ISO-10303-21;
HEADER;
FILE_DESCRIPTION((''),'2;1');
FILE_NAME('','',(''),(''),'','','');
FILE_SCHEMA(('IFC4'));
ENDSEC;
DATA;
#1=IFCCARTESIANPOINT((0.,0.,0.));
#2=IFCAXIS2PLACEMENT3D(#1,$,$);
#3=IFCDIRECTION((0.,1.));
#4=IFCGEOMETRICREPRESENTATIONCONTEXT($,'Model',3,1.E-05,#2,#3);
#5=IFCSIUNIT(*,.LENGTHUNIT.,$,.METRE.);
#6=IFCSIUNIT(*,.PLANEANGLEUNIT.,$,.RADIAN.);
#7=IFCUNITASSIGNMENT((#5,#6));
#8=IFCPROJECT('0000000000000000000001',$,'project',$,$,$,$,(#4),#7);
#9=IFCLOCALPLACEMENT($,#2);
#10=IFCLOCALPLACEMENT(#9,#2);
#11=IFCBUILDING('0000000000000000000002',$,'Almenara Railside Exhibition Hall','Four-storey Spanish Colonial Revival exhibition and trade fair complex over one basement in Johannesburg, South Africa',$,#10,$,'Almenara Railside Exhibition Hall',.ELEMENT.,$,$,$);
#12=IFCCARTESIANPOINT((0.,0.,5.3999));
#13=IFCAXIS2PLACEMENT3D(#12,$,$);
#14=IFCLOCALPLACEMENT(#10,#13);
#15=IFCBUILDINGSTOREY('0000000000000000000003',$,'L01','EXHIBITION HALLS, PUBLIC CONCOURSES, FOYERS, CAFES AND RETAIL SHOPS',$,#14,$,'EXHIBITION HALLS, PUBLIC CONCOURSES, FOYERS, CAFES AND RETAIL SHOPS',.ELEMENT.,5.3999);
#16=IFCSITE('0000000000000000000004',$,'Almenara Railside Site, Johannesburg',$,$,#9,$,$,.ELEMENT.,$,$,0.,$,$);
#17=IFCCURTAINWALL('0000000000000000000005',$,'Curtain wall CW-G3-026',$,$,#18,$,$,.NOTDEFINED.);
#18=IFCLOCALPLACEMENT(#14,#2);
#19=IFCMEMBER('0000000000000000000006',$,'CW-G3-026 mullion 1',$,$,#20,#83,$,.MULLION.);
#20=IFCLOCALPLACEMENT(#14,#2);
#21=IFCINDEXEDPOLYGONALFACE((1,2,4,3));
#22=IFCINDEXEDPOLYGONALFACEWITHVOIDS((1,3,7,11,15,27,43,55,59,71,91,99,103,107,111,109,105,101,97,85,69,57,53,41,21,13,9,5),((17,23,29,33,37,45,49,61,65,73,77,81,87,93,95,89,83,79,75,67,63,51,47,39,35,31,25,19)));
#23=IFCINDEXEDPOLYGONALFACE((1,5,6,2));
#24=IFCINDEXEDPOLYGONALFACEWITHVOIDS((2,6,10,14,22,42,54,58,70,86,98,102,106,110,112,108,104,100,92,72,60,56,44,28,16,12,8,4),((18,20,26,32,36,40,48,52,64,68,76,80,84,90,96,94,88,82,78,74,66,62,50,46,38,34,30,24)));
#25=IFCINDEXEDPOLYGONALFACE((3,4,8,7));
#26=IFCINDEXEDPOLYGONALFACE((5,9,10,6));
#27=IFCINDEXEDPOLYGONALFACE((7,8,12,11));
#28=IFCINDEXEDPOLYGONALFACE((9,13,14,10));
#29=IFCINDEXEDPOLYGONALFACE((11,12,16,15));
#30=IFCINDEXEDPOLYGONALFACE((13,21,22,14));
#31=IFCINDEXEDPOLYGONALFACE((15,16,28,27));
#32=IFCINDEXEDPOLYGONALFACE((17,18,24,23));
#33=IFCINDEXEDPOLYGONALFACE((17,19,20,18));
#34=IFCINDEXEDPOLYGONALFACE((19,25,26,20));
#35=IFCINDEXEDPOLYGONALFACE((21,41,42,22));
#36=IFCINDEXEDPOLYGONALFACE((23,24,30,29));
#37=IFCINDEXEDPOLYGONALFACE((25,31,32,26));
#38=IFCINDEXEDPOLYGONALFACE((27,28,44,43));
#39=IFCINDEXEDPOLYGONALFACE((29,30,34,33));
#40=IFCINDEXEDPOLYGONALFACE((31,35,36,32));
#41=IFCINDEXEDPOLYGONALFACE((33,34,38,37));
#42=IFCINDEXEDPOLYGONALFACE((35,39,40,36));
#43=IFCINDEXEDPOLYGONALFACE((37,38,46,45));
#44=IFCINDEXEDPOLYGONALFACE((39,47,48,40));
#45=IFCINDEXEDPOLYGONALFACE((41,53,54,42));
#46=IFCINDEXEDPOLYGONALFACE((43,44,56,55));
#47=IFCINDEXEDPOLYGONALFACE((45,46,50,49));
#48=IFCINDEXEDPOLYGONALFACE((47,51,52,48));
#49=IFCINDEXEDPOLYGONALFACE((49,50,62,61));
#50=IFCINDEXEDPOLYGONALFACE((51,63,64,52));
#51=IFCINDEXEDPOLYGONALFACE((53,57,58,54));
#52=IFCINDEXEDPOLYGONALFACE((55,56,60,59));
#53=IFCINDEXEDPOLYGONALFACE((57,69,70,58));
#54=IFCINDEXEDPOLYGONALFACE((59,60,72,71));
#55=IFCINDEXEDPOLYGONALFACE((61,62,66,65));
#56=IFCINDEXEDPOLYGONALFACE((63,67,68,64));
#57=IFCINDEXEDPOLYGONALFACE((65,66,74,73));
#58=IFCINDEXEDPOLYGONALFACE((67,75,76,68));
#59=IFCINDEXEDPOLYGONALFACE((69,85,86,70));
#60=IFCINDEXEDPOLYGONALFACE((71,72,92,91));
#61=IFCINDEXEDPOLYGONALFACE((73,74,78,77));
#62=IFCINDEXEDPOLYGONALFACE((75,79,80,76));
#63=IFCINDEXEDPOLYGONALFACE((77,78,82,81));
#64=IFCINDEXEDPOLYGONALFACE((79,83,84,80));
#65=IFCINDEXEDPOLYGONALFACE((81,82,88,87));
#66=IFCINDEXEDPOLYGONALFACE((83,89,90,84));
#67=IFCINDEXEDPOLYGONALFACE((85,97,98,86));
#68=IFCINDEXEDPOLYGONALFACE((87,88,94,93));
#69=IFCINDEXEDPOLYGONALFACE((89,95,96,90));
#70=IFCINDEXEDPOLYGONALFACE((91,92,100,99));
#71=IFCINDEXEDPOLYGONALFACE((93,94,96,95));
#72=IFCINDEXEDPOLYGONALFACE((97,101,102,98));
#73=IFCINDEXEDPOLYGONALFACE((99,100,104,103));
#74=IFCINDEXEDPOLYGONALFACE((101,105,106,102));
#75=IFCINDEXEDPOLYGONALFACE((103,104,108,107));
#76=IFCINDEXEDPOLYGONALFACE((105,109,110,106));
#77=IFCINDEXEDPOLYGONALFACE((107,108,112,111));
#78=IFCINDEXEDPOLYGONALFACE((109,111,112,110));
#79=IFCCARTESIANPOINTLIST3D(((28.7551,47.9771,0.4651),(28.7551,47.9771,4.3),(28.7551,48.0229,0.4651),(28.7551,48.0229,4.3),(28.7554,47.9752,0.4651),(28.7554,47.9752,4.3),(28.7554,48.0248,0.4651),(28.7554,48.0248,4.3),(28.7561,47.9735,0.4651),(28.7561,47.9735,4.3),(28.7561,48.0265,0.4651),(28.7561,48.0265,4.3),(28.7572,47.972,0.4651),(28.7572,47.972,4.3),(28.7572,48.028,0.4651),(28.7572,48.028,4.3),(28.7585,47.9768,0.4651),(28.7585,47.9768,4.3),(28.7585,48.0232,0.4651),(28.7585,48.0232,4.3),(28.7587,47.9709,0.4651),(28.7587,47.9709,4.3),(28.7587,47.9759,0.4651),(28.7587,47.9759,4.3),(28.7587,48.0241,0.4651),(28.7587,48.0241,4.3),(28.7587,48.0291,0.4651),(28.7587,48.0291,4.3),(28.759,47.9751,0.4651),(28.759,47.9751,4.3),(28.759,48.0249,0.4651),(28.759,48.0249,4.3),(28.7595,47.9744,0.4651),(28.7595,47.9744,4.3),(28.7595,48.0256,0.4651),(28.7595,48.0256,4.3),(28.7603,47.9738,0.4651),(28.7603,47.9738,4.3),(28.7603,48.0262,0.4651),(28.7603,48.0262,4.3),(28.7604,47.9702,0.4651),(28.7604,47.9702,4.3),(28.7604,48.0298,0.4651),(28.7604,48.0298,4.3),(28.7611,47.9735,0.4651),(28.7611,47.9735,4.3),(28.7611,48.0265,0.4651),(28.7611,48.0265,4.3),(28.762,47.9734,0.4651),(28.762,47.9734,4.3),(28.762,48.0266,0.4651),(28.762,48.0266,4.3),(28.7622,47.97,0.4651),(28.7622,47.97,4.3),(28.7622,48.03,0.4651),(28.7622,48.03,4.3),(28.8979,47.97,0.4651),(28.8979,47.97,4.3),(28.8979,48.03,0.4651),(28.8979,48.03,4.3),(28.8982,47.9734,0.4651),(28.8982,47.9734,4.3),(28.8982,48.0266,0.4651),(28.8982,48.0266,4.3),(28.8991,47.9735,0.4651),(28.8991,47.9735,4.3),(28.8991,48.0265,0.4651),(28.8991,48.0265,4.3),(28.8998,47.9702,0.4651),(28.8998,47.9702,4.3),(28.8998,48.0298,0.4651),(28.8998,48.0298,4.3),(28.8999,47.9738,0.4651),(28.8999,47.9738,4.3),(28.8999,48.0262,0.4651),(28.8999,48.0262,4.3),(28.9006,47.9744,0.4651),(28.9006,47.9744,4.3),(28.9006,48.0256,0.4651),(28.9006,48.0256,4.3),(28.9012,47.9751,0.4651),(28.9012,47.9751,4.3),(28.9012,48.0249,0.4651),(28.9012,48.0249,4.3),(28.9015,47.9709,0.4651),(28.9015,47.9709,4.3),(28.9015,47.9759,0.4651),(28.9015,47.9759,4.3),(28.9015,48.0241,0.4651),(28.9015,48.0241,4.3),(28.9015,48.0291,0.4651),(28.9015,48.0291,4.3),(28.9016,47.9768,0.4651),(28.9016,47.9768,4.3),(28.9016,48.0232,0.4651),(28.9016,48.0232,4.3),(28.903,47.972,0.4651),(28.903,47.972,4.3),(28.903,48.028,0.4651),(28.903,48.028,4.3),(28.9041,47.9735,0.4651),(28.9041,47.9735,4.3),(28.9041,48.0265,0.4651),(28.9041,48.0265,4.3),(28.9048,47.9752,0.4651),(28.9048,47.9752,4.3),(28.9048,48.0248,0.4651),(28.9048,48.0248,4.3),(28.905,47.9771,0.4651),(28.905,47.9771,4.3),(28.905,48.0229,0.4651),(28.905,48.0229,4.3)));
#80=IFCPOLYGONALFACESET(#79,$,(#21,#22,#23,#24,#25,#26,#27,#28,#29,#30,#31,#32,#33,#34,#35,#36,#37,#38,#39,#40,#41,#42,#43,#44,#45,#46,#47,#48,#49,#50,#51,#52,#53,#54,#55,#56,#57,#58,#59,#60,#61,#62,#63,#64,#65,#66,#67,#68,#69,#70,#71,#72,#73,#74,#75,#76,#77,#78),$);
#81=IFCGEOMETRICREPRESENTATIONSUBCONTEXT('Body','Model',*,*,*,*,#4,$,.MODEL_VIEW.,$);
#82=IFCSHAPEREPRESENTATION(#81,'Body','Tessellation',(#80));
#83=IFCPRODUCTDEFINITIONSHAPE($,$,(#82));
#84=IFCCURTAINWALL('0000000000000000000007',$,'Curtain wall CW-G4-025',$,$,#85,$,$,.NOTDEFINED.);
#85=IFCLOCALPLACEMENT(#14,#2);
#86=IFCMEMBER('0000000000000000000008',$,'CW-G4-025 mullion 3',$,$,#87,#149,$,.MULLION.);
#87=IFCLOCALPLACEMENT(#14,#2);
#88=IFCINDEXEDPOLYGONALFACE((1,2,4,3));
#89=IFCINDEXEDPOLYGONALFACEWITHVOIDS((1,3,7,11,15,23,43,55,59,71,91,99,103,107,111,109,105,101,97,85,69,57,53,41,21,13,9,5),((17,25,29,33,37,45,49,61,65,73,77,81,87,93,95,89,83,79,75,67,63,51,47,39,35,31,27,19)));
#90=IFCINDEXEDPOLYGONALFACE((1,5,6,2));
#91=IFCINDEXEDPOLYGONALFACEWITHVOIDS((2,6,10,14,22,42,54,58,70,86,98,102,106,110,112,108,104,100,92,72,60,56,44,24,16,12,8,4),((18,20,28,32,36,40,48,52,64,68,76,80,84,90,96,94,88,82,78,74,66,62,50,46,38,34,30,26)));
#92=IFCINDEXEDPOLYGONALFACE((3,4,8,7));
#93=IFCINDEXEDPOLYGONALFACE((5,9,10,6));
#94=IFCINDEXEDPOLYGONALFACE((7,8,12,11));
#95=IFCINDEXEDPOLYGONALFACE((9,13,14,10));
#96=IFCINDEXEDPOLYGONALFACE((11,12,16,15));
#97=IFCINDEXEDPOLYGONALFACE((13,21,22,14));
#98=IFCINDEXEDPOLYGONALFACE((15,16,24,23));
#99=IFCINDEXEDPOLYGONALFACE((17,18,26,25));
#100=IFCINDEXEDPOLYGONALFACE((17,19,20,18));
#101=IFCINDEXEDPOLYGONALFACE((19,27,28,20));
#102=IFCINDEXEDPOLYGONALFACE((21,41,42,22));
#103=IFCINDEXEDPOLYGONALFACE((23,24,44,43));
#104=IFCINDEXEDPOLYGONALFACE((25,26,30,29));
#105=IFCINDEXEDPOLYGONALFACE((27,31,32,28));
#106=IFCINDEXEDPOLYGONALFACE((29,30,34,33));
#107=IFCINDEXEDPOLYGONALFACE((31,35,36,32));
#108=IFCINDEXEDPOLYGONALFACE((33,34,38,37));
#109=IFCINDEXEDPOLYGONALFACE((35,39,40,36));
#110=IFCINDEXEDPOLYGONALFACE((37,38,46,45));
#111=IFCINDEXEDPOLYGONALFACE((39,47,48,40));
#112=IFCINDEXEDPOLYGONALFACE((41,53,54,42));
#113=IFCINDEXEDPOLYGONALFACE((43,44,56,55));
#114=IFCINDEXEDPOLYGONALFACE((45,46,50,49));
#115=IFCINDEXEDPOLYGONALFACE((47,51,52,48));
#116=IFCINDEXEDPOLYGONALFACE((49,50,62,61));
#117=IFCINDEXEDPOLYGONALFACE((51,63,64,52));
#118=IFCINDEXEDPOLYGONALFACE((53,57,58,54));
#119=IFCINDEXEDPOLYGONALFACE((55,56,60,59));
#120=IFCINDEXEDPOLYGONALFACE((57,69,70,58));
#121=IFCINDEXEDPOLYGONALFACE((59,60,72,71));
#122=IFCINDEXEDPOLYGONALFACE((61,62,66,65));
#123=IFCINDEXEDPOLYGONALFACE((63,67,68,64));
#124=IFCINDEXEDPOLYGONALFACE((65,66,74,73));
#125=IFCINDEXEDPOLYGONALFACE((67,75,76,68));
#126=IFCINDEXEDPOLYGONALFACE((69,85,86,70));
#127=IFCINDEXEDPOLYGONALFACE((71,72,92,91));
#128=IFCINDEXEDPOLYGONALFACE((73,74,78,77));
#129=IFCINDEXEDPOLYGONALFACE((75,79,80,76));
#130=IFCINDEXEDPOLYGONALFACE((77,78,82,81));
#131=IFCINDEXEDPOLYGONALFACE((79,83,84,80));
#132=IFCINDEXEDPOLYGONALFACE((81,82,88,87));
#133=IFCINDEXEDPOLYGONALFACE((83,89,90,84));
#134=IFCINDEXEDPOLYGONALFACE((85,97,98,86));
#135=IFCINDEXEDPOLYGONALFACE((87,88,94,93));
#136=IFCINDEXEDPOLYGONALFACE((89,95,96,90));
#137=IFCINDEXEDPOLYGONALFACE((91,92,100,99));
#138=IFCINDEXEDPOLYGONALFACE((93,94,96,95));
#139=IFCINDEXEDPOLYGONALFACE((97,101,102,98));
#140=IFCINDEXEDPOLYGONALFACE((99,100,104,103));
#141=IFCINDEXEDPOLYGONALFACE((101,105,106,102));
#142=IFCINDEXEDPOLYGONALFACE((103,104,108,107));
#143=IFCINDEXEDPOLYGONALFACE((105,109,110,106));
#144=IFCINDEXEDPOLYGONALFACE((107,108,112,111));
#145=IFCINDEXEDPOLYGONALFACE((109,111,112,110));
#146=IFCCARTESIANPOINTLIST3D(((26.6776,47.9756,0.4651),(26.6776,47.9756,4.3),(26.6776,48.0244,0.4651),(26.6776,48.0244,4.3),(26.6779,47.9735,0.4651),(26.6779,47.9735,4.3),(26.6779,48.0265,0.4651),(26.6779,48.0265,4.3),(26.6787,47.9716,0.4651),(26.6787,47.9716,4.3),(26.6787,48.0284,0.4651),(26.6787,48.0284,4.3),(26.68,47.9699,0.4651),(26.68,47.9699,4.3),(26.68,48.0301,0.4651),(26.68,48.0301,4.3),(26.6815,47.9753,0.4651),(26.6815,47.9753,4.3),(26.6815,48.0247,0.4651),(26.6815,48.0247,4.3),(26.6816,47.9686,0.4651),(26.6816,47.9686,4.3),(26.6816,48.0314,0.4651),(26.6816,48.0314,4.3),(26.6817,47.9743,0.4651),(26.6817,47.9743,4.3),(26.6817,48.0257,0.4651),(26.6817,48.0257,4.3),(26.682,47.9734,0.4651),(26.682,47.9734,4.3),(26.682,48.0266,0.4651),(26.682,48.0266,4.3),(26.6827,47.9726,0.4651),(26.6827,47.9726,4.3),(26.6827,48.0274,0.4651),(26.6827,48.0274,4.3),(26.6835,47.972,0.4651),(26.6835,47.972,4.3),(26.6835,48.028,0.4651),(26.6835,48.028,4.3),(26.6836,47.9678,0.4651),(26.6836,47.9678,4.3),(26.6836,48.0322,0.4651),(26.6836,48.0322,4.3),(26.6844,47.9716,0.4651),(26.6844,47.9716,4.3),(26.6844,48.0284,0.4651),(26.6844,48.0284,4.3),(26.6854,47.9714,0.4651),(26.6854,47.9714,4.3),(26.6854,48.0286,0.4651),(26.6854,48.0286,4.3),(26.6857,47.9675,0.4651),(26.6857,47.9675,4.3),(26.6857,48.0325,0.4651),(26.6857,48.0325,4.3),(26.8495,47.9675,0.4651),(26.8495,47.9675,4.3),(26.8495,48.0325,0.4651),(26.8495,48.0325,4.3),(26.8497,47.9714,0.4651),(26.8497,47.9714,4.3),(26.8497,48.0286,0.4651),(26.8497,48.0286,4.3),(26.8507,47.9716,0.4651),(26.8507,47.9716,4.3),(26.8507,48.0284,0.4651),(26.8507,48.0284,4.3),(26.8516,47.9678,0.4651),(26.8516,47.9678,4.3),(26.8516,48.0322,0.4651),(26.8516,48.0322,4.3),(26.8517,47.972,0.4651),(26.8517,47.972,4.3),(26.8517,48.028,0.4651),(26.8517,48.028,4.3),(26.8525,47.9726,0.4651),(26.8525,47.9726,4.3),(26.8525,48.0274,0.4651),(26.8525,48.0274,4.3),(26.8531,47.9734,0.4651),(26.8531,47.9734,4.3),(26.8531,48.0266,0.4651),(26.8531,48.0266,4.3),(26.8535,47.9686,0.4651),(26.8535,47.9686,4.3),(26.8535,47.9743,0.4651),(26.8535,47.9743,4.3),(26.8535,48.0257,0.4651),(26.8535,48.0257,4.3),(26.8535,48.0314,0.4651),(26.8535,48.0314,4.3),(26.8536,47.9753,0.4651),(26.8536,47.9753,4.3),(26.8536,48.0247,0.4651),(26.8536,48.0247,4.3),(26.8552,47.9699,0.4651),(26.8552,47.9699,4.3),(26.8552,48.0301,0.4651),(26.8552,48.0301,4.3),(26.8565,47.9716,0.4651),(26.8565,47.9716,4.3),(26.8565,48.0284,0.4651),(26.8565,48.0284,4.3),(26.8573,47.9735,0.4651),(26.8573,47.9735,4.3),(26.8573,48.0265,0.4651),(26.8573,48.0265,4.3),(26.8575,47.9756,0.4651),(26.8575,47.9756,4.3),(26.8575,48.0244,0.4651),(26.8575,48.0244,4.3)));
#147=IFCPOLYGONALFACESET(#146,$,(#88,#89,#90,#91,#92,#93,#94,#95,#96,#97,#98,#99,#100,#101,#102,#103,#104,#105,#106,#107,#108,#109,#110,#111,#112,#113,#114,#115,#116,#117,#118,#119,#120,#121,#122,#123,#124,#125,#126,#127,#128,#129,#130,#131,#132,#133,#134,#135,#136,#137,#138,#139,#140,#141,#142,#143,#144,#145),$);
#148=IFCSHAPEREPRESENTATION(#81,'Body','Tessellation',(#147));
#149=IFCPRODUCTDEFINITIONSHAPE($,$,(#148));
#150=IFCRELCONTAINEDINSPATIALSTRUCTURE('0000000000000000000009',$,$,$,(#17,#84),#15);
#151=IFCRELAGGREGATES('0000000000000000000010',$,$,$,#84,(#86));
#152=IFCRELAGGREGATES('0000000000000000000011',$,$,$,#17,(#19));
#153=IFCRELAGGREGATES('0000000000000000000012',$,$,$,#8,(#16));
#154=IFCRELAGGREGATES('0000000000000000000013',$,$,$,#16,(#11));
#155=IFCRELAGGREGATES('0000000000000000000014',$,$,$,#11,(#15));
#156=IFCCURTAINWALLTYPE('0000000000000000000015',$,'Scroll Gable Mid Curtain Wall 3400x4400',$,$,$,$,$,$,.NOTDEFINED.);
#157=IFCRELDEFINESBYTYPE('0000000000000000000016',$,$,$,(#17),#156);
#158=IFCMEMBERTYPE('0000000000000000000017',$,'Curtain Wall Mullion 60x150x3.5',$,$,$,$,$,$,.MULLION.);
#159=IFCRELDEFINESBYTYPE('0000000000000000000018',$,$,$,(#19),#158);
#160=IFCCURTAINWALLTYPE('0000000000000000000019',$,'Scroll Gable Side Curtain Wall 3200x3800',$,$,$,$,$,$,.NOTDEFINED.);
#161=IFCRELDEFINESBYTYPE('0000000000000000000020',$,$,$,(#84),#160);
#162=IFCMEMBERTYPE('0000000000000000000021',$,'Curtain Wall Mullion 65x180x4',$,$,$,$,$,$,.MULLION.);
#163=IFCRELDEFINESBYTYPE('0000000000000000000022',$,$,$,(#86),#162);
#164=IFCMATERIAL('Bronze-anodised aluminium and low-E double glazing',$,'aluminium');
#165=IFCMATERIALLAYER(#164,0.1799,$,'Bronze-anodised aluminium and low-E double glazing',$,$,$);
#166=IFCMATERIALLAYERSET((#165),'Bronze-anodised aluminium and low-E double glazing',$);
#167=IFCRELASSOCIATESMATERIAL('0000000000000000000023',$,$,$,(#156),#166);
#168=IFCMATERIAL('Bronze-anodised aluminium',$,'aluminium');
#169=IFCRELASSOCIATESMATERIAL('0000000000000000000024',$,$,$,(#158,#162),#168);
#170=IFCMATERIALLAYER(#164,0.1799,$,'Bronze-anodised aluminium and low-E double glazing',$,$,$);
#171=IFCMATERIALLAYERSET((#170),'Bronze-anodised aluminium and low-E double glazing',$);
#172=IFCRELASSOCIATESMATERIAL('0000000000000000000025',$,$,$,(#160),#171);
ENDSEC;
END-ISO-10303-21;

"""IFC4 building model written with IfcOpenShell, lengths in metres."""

from ifc_helpers import new_model, si_unit, direction, frame, origin, origin_2d, place, context, subcontext, project, spatial, hollow_rectangle, extrude, material, layer, layer_set, material_profile, profile_set, type_object, element, aggregate, save


model = new_model("IFC4")

# Units and contexts
model_context = context("Model", 3, precision=1e-05, world=origin(), true_north=direction((0.0, 1.0)))
body_context = subcontext(model_context, "Body", "Model", "MODEL_VIEW")
ifc_project = project(units=[si_unit("LENGTHUNIT", "METRE"), si_unit("PLANEANGLEUNIT", "RADIAN")], contexts=[model_context])

# Site, building, storey
site_placement = place(None, origin())
site = spatial("IfcSite", under=ifc_project, at=site_placement, Name="Almenara Railside Site, Johannesburg", CompositionType="ELEMENT", RefElevation=0.0)
building_placement = place(site_placement, origin())
building = spatial("IfcBuilding", under=site, at=building_placement, Name="Almenara Railside Exhibition Hall", Description="Four-storey Spanish Colonial Revival exhibition and trade fair complex over one basement in Johannesburg, South Africa", LongName="Almenara Railside Exhibition Hall", CompositionType="ELEMENT")
storey_placement = place(building_placement, frame((0.0, 0.0, 5.3999)))
storey = spatial("IfcBuildingStorey", under=building, at=storey_placement, Name="L01", Description="EXHIBITION HALLS, PUBLIC CONCOURSES, FOYERS, CAFES AND RETAIL SHOPS", LongName="EXHIBITION HALLS, PUBLIC CONCOURSES, FOYERS, CAFES AND RETAIL SHOPS", CompositionType="ELEMENT", Elevation=5.3999)

# Shared definitions
ifc_material_1 = material(Name="Bronze-anodised aluminium and low-E double glazing", Category="aluminium")
ifc_material_2 = material(Name="Bronze-anodised aluminium", Category="aluminium")

# Curtain walls, members
ifc_layer_1 = layer(ifc_material_1, 0.1799, Name="Bronze-anodised aluminium and low-E double glazing")
ifc_layer_set_1 = layer_set([ifc_layer_1], Name="Bronze-anodised aluminium and low-E double glazing")
curtain_wall_type_1 = type_object("IfcCurtainWallType", Name="Scroll Gable Mid Curtain Wall 3400x4400", PredefinedType="NOTDEFINED", material=ifc_layer_set_1)
curtain_wall_1_placement = place(storey_placement, origin())
curtain_wall_1 = element("IfcCurtainWall", 1, at=curtain_wall_1_placement, inside=storey, type_object=curtain_wall_type_1, Name="Curtain wall CW-G3-026", PredefinedType="NOTDEFINED")
ifc_material_profile_1 = material_profile(ifc_material_2, hollow_rectangle(XDim=0.0601, YDim=0.1499, WallThickness=0.0034, InnerFilletRadius=0.0034, OuterFilletRadius=0.0071, at=origin_2d()), Name="ALU-MUL 60x150x3.5")
ifc_profile_set_1 = profile_set([ifc_material_profile_1], Name="Bronze-anodised aluminium")
member_type_1 = type_object("IfcMemberType", Name="Curtain Wall Mullion 60x150x3.5", PredefinedType="MULLION", material=ifc_profile_set_1)
member_1_placement = place(storey_placement, frame((28.8301, 48.0, 0.4651), z_axis=(0.0, 0.0, 1.0), x_axis=(0.0, 1.0, 0.0)))
member_1 = element("IfcMember", 2, at=member_1_placement, type_object=member_type_1, Name="CW-G3-026 mullion 1", PredefinedType="MULLION", context=body_context, shape_type="SweptSolid", body=[
    extrude(hollow_rectangle(XDim=0.0601, YDim=0.1499, WallThickness=0.0034, InnerFilletRadius=0.0034, OuterFilletRadius=0.0071, at=origin_2d()), origin(), (0.0, 0.0, 1.0), 3.835),
])
ifc_layer_2 = layer(ifc_material_1, 0.1799, Name="Bronze-anodised aluminium and low-E double glazing")
ifc_layer_set_2 = layer_set([ifc_layer_2], Name="Bronze-anodised aluminium and low-E double glazing")
curtain_wall_type_2 = type_object("IfcCurtainWallType", Name="Scroll Gable Side Curtain Wall 3200x3800", PredefinedType="NOTDEFINED", material=ifc_layer_set_2)
curtain_wall_2_placement = place(storey_placement, origin())
curtain_wall_2 = element("IfcCurtainWall", 3, at=curtain_wall_2_placement, inside=storey, type_object=curtain_wall_type_2, Name="Curtain wall CW-G4-025", PredefinedType="NOTDEFINED")
ifc_material_profile_2 = material_profile(ifc_material_2, hollow_rectangle(XDim=0.0649, YDim=0.1799, WallThickness=0.0039, InnerFilletRadius=0.0039, OuterFilletRadius=0.0081, at=origin_2d()), Name="ALU-MUL 65x180x4")
ifc_profile_set_2 = profile_set([ifc_material_profile_2], Name="Bronze-anodised aluminium")
member_type_2 = type_object("IfcMemberType", Name="Curtain Wall Mullion 65x180x4", PredefinedType="MULLION", material=ifc_profile_set_2)
member_2_placement = place(storey_placement, frame((26.7676, 48.0, 0.4651), z_axis=(0.0, 0.0, 1.0), x_axis=(0.0, 1.0, 0.0)))
member_2 = element("IfcMember", 4, at=member_2_placement, type_object=member_type_2, Name="CW-G4-025 mullion 3", PredefinedType="MULLION", context=body_context, shape_type="SweptSolid", body=[
    extrude(hollow_rectangle(XDim=0.0649, YDim=0.1799, WallThickness=0.0039, InnerFilletRadius=0.0039, OuterFilletRadius=0.0081, at=origin_2d()), origin(), (0.0, 0.0, 1.0), 3.835),
])

aggregate(curtain_wall_2, [member_2])
aggregate(curtain_wall_1, [member_1])

save(model, "model.ifc")
